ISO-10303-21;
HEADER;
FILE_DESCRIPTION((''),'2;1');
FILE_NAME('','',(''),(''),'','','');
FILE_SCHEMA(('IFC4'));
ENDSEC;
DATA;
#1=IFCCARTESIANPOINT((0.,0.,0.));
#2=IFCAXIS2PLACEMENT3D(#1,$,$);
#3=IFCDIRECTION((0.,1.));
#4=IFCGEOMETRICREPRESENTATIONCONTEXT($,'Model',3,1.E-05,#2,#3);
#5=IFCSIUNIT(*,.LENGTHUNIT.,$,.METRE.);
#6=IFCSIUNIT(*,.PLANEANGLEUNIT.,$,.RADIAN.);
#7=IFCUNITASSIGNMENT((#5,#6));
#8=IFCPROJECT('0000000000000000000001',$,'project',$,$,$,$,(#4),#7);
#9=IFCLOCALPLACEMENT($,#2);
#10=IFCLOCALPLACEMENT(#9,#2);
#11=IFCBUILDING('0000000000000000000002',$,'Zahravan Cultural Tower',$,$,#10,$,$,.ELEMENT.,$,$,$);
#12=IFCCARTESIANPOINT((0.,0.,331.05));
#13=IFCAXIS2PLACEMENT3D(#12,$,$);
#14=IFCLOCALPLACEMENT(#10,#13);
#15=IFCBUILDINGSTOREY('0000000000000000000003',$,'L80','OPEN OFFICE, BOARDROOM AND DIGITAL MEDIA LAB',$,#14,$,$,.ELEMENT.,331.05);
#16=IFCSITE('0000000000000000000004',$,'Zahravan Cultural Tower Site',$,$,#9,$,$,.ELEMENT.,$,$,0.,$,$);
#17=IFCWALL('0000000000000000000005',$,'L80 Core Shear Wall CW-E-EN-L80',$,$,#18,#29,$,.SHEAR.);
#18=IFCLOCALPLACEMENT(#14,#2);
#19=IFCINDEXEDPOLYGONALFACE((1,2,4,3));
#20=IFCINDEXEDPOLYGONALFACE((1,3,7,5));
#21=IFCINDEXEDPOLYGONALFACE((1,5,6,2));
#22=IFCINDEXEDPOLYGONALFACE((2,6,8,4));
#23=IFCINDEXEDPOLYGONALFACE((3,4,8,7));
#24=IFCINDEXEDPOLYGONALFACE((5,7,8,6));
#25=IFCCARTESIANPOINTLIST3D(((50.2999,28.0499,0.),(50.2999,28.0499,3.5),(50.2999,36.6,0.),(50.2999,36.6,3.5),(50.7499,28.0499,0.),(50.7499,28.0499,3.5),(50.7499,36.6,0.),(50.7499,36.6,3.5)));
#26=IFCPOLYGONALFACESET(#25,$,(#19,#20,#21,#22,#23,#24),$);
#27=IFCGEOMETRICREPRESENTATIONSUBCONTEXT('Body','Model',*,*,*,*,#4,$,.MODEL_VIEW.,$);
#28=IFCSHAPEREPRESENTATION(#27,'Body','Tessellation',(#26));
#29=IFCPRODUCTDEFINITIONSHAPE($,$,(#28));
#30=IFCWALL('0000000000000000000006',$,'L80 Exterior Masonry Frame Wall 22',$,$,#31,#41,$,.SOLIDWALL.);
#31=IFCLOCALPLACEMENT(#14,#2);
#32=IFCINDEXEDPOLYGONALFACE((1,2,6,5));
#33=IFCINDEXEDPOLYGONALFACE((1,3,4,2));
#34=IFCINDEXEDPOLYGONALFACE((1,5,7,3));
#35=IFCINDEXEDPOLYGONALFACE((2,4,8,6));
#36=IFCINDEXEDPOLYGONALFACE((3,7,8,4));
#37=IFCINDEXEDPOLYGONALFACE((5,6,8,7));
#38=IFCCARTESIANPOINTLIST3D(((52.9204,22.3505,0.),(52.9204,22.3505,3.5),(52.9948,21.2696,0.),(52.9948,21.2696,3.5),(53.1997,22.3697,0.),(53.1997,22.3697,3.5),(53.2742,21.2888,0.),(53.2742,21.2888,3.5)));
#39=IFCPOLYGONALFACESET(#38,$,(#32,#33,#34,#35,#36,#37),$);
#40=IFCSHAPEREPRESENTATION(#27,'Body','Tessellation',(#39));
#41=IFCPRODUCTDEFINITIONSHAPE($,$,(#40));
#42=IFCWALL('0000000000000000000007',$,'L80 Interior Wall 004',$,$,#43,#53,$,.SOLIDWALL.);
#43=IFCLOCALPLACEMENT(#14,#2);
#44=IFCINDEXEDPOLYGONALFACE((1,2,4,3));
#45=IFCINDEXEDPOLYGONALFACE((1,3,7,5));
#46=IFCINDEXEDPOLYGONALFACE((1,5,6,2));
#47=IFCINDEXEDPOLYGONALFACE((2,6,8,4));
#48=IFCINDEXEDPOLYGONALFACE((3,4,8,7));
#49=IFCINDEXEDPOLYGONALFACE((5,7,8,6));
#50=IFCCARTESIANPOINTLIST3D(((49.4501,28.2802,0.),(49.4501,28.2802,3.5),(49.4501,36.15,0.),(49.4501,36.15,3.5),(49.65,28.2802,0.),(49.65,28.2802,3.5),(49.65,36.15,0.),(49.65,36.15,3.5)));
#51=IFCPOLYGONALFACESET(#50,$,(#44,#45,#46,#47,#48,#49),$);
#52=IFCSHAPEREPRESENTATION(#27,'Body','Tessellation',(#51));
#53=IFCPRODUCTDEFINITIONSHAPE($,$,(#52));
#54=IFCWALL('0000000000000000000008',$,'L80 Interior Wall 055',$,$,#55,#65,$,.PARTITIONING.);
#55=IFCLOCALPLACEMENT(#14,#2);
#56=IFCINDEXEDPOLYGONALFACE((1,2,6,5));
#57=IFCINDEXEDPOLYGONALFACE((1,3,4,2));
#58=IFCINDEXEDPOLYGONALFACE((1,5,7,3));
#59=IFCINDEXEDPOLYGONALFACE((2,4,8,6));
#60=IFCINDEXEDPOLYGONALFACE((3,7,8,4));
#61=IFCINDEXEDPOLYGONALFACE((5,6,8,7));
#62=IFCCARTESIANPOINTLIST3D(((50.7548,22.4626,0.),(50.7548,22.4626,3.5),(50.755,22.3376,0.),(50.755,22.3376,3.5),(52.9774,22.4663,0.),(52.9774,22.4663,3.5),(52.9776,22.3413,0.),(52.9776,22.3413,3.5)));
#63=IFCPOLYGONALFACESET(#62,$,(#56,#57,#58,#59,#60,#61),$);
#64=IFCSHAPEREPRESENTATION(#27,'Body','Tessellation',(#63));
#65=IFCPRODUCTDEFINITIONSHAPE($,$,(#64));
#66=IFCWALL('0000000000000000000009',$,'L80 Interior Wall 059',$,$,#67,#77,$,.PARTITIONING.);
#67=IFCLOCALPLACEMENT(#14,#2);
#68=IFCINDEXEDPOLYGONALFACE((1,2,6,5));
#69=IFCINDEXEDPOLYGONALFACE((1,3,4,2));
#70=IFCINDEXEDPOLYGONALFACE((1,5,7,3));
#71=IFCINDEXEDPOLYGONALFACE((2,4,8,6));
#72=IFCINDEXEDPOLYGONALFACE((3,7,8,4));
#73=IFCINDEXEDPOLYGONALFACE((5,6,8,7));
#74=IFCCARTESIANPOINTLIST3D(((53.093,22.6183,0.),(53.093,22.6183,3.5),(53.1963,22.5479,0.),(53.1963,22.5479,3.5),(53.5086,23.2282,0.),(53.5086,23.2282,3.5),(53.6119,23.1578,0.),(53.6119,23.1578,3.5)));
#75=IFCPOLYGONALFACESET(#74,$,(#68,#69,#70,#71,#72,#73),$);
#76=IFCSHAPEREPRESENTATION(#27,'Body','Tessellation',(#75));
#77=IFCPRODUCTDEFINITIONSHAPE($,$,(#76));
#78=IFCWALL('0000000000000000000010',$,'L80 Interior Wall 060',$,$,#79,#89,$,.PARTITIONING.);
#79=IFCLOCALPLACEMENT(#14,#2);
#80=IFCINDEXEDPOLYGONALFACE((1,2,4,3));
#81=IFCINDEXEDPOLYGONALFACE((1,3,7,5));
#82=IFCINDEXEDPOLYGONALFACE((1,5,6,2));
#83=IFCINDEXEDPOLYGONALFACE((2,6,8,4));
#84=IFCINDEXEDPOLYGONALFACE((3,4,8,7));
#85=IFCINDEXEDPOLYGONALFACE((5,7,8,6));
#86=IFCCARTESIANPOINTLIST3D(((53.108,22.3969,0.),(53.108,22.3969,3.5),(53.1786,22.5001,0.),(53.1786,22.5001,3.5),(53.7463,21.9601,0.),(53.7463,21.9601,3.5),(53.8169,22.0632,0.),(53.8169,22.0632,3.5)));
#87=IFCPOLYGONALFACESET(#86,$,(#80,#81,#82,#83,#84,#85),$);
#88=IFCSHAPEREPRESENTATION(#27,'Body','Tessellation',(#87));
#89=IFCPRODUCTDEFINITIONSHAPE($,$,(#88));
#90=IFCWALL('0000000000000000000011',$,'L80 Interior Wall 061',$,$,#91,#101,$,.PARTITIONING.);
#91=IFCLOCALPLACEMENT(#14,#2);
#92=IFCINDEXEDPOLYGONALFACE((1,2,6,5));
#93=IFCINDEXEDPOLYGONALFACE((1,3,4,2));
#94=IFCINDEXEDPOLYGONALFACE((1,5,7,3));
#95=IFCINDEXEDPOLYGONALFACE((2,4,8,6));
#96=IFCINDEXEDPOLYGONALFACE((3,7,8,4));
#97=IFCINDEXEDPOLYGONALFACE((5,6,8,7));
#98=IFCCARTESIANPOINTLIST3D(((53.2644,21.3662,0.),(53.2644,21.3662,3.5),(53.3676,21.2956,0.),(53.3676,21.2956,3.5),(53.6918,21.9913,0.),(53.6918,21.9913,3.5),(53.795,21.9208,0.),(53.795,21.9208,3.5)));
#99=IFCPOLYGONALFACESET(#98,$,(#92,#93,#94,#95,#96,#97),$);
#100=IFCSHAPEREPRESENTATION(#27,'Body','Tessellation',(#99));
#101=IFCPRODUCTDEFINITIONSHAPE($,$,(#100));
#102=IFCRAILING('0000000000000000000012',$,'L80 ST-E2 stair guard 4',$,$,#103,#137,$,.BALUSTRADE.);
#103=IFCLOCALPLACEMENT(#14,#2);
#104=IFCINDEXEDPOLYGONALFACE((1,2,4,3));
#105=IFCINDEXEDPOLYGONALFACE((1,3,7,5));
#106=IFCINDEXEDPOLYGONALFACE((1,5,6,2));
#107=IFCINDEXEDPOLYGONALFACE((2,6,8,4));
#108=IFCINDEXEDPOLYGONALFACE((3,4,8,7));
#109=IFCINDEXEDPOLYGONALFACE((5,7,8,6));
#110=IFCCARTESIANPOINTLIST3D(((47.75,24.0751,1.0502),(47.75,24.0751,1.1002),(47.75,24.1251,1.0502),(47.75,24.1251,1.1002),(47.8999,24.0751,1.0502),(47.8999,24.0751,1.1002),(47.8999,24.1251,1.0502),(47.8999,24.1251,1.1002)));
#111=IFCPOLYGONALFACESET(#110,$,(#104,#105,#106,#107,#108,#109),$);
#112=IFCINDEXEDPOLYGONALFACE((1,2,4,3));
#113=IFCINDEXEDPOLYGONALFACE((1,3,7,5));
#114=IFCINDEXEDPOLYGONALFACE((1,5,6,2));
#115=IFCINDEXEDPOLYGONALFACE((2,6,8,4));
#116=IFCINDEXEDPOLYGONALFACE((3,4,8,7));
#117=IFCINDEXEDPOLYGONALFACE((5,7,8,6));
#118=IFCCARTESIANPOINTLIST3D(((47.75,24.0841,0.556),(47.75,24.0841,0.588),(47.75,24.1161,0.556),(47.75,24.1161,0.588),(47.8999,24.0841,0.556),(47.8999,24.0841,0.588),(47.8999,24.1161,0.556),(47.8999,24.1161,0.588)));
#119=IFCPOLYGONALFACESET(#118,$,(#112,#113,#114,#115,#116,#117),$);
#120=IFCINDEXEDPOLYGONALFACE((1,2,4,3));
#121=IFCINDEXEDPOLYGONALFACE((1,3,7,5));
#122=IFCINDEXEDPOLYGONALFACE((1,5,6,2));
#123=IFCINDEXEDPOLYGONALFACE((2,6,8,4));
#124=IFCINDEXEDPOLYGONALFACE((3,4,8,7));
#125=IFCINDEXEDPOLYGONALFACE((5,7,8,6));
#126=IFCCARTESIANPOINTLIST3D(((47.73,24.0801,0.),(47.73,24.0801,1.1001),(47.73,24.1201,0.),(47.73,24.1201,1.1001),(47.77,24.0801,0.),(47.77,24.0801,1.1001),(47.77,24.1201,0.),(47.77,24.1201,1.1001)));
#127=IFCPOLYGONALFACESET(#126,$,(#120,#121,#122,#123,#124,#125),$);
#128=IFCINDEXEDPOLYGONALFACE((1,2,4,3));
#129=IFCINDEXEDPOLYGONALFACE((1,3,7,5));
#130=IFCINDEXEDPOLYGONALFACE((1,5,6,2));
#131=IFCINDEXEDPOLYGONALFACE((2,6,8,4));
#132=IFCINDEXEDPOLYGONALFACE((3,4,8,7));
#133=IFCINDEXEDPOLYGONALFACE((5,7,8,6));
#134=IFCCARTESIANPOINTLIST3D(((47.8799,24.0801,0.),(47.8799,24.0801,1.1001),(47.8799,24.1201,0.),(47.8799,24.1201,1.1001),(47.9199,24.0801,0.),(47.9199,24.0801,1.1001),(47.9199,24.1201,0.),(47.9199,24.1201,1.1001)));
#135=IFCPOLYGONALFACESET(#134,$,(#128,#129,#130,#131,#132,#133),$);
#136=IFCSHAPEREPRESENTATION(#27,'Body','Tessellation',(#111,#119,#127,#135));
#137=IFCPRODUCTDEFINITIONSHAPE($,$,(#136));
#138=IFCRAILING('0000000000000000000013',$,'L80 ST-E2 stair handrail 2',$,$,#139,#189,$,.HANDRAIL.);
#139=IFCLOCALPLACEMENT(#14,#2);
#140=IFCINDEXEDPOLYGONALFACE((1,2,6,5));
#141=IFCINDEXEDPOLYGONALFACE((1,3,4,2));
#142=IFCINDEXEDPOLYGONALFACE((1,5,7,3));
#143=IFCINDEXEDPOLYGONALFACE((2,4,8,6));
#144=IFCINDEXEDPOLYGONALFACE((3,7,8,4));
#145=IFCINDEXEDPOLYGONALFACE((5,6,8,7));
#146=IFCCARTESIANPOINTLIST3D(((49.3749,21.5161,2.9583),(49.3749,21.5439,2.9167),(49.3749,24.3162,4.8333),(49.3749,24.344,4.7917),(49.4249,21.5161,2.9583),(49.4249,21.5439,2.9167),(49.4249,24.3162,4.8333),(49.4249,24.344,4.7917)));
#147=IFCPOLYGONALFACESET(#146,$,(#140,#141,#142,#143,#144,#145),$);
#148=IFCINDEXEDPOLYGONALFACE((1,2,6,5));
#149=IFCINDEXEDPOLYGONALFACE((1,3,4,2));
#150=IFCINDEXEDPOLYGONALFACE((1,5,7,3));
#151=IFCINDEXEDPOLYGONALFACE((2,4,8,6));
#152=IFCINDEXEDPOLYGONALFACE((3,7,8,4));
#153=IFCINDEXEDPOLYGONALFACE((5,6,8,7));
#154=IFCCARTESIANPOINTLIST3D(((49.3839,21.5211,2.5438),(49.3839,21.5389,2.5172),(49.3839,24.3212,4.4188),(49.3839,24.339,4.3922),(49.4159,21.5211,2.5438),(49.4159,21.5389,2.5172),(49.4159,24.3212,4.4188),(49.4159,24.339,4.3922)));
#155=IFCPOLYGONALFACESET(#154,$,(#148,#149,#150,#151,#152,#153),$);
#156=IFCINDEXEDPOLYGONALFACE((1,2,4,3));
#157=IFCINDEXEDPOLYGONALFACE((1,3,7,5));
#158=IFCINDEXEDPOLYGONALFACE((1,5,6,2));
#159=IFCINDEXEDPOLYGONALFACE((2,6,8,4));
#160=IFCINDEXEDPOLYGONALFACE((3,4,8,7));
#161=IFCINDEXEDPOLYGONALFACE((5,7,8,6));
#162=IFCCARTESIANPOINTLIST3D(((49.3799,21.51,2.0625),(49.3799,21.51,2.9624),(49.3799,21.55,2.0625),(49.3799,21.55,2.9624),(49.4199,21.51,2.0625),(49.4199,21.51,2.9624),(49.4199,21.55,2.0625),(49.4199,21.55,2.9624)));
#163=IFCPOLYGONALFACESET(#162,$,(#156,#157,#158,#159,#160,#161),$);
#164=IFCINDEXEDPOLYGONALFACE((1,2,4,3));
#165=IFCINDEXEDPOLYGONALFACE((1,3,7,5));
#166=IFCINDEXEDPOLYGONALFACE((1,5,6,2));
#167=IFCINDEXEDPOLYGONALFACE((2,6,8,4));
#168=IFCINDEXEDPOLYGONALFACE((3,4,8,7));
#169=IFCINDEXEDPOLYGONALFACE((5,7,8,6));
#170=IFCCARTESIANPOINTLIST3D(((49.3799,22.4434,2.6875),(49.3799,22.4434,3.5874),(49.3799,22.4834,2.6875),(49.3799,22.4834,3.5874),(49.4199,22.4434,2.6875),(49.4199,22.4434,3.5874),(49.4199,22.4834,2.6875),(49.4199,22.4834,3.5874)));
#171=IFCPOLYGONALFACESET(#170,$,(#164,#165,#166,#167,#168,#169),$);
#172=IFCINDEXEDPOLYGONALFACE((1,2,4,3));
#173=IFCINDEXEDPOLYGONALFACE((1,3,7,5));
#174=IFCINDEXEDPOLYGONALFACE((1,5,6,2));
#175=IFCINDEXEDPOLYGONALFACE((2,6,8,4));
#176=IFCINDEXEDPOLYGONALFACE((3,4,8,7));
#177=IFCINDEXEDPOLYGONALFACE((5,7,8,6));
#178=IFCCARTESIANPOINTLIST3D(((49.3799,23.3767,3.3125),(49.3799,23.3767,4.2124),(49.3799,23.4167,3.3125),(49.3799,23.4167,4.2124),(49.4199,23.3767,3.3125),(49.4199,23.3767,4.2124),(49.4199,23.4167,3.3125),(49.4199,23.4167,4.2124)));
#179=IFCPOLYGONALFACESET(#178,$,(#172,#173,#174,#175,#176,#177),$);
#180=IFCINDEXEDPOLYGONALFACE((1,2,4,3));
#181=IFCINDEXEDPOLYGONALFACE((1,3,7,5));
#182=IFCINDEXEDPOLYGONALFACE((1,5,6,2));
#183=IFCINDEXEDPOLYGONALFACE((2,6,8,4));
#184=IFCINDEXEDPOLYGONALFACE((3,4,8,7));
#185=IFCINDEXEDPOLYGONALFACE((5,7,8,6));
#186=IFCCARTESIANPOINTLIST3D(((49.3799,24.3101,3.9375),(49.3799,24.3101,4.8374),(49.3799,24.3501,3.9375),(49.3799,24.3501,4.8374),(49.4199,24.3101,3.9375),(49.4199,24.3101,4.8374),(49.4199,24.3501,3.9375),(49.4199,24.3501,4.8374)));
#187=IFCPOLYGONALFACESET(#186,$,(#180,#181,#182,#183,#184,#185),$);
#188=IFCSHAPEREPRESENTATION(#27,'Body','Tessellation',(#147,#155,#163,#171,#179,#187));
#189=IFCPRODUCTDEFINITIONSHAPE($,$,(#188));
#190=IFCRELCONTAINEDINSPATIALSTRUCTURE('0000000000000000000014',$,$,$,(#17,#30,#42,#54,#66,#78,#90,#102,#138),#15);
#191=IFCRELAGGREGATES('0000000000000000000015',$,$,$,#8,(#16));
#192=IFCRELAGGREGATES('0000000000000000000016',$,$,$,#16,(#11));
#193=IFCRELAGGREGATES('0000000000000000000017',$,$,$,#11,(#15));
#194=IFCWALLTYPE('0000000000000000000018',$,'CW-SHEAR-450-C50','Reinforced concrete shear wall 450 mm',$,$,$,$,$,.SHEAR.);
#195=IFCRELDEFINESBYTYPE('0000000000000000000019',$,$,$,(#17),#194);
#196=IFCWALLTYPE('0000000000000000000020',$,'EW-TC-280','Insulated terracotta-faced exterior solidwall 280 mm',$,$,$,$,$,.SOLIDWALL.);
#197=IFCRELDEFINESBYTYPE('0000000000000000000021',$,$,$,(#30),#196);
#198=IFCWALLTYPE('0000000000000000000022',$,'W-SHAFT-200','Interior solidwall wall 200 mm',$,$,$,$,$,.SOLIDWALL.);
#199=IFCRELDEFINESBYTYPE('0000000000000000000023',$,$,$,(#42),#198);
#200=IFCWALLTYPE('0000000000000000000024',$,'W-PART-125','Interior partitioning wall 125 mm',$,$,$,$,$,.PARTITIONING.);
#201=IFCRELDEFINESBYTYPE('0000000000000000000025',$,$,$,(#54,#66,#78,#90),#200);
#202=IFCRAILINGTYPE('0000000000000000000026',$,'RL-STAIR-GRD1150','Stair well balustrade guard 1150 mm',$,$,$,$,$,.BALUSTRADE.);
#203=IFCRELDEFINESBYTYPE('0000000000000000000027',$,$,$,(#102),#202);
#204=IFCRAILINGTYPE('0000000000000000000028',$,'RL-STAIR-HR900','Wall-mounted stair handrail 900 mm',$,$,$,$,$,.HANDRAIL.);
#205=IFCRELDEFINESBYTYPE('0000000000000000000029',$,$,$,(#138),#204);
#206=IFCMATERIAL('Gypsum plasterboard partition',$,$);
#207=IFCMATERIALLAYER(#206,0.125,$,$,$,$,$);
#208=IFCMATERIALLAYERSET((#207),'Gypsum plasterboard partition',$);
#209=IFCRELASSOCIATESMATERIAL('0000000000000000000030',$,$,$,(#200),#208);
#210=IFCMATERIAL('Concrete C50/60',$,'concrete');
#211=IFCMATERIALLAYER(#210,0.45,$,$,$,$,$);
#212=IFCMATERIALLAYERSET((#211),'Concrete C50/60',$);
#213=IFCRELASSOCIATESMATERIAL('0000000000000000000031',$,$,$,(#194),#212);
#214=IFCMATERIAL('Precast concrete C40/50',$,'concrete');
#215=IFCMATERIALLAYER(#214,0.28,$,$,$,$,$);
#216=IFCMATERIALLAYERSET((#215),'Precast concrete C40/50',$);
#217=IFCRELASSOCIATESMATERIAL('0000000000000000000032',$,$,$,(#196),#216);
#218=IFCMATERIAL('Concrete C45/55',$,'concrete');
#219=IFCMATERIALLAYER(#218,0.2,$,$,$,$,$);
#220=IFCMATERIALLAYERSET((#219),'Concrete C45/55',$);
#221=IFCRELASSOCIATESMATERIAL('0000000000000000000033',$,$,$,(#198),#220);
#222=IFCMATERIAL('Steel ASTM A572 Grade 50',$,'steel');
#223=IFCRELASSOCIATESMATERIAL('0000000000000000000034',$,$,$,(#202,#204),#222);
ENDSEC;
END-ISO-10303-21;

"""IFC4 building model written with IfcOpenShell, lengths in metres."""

from ifc_helpers import new_model, si_unit, direction, frame, frame_2d, origin, origin_2d, place, context, subcontext, project, spatial, rectangle, extrude, source, transform, mapped, material, layer, layer_set, type_object, element, save


model = new_model("IFC4")

# Units and contexts
model_context = context("Model", 3, precision=1e-05, world=origin(), true_north=direction((0.0, 1.0)))
body_context = subcontext(model_context, "Body", "Model", "MODEL_VIEW")
ifc_project = project(units=[si_unit("LENGTHUNIT", "METRE"), si_unit("PLANEANGLEUNIT", "RADIAN")], contexts=[model_context])

# Site, building, storey
site_placement = place(None, origin())
site = spatial("IfcSite", under=ifc_project, at=site_placement, Name="Zahravan Cultural Tower Site", CompositionType="ELEMENT", RefElevation=0.0)
building_placement = place(site_placement, origin())
building = spatial("IfcBuilding", under=site, at=building_placement, Name="Zahravan Cultural Tower", CompositionType="ELEMENT")
storey_placement = place(building_placement, frame((0.0, 0.0, 331.05)))
storey = spatial("IfcBuildingStorey", under=building, at=storey_placement, Name="L80", Description="OPEN OFFICE, BOARDROOM AND DIGITAL MEDIA LAB", CompositionType="ELEMENT", Elevation=331.05)

# Shared definitions
ifc_material_1 = material(Name="Concrete C50/60", Category="concrete")

# Shared definitions
ifc_material_2 = material(Name="Gypsum plasterboard partition")
ifc_layer_1 = layer(ifc_material_2, 0.125)
ifc_layer_set_1 = layer_set([ifc_layer_1], Name="Gypsum plasterboard partition")
wall_type_1 = type_object("IfcWallType", Name="W-PART-125", Description="Interior partitioning wall 125 mm", PredefinedType="PARTITIONING", material=ifc_layer_set_1)

# Walls
ifc_layer_2 = layer(ifc_material_1, 0.45)
ifc_layer_set_2 = layer_set([ifc_layer_2], Name="Concrete C50/60")
wall_type_2 = type_object("IfcWallType", Name="CW-SHEAR-450-C50", Description="Reinforced concrete shear wall 450 mm", PredefinedType="SHEAR", material=ifc_layer_set_2)
shared_shape_1 = source(origin(), body_context, "Body", "SweptSolid", [
    extrude(rectangle(XDim=8.55, YDim=0.45, at=frame_2d((4.2749, 0.0))), origin(), (0.0, 0.0, 1.0), 3.5),
])
wall_1_placement = place(storey_placement, frame((50.5249, 28.05, 0.0), z_axis=(0.0, 0.0, 1.0), x_axis=(0.0, 1.0, 0.0)))
element("IfcWall", 1, at=wall_1_placement, inside=storey, type_object=wall_type_2, Name="L80 Core Shear Wall CW-E-EN-L80", PredefinedType="SHEAR", context=body_context, shape_type="MappedRepresentation", body=[
    mapped(shared_shape_1, transform((0.0, 0.0, 0.0), x_axis=(1.0, 0.0, 0.0), y_axis=(0.0, 1.0, 0.0), z_axis=(0.0, 0.0, 1.0), scale=1.0)),
])
ifc_material_3 = material(Name="Precast concrete C40/50", Category="concrete")
ifc_layer_3 = layer(ifc_material_3, 0.28)
ifc_layer_set_3 = layer_set([ifc_layer_3], Name="Precast concrete C40/50")
wall_type_3 = type_object("IfcWallType", Name="EW-TC-280", Description="Insulated terracotta-faced exterior solidwall 280 mm", PredefinedType="SOLIDWALL", material=ifc_layer_set_3)
shared_shape_2 = source(origin(), body_context, "Body", "SweptSolid", [
    extrude(rectangle(XDim=1.0835, YDim=0.28, at=frame_2d((0.5417, 0.0))), origin(), (0.0, 0.0, 1.0), 3.5),
])
wall_2_placement = place(storey_placement, frame((53.0601, 22.3601, 0.0), z_axis=(0.0, 0.0, 1.0), x_axis=(0.068717, -0.997636, 0.0)))
element("IfcWall", 2, at=wall_2_placement, inside=storey, type_object=wall_type_3, Name="L80 Exterior Masonry Frame Wall 22", PredefinedType="SOLIDWALL", context=body_context, shape_type="MappedRepresentation", body=[
    mapped(shared_shape_2, transform((0.0, 0.0, 0.0), x_axis=(1.0, 0.0, 0.0), y_axis=(0.0, 1.0, 0.0), z_axis=(0.0, 0.0, 1.0), scale=1.0)),
])
ifc_material_4 = material(Name="Concrete C45/55", Category="concrete")
ifc_layer_4 = layer(ifc_material_4, 0.2)
ifc_layer_set_4 = layer_set([ifc_layer_4], Name="Concrete C45/55")
wall_type_4 = type_object("IfcWallType", Name="W-SHAFT-200", Description="Interior solidwall wall 200 mm", PredefinedType="SOLIDWALL", material=ifc_layer_set_4)
shared_shape_3 = source(origin(), body_context, "Body", "SweptSolid", [
    extrude(rectangle(XDim=7.8699, YDim=0.2, at=frame_2d((3.9351, 0.0))), origin(), (0.0, 0.0, 1.0), 3.5),
])
wall_3_placement = place(storey_placement, frame((49.55, 28.28, 0.0), z_axis=(0.0, 0.0, 1.0), x_axis=(0.0, 1.0, 0.0)))
element("IfcWall", 3, at=wall_3_placement, inside=storey, type_object=wall_type_4, Name="L80 Interior Wall 004", PredefinedType="SOLIDWALL", context=body_context, shape_type="MappedRepresentation", body=[
    mapped(shared_shape_3, transform((0.0, 0.0, 0.0), x_axis=(1.0, 0.0, 0.0), y_axis=(0.0, 1.0, 0.0), z_axis=(0.0, 0.0, 1.0), scale=1.0)),
])
shared_shape_4 = source(origin(), body_context, "Body", "SweptSolid", [
    extrude(rectangle(XDim=2.2227, YDim=0.125, at=frame_2d((1.1113, 0.0))), origin(), (0.0, 0.0, 1.0), 3.5),
])
wall_4_placement = place(storey_placement, frame((50.7549, 22.4001, 0.0), z_axis=(0.0, 0.0, 1.0), x_axis=(0.999999, 0.001648, 0.0)))
element("IfcWall", 4, at=wall_4_placement, inside=storey, type_object=wall_type_1, Name="L80 Interior Wall 055", PredefinedType="PARTITIONING", context=body_context, shape_type="MappedRepresentation", body=[
    mapped(shared_shape_4, transform((0.0, 0.0, 0.0), x_axis=(1.0, 0.0, 0.0), y_axis=(0.0, 1.0, 0.0), z_axis=(0.0, 0.0, 1.0), scale=1.0)),
])
shared_shape_5 = source(origin(), body_context, "Body", "SweptSolid", [
    extrude(rectangle(XDim=0.738, YDim=0.125, at=frame_2d((0.3691, 0.0))), origin(), (0.0, 0.0, 1.0), 3.5),
])
wall_5_placement = place(storey_placement, frame((53.5603, 23.1931, 0.0), z_axis=(0.0, 0.0, 1.0), x_axis=(-0.56307, -0.826409, 0.0)))
element("IfcWall", 5, at=wall_5_placement, inside=storey, type_object=wall_type_1, Name="L80 Interior Wall 059", PredefinedType="PARTITIONING", context=body_context, shape_type="MappedRepresentation", body=[
    mapped(shared_shape_5, transform((0.0, 0.0, 0.0), x_axis=(1.0, 0.0, 0.0), y_axis=(0.0, 1.0, 0.0), z_axis=(0.0, 0.0, 1.0), scale=1.0)),
])
shared_shape_6 = source(origin(), body_context, "Body", "SweptSolid", [
    extrude(rectangle(XDim=0.7734, YDim=0.125, at=frame_2d((0.3867, 0.0))), origin(), (0.0, 0.0, 1.0), 3.5),
])
wall_6_placement = place(storey_placement, frame((53.1433, 22.4485, 0.0), z_axis=(0.0, 0.0, 1.0), x_axis=(0.825238, -0.564786, 0.0)))
element("IfcWall", 6, at=wall_6_placement, inside=storey, type_object=wall_type_1, Name="L80 Interior Wall 060", PredefinedType="PARTITIONING", context=body_context, shape_type="MappedRepresentation", body=[
    mapped(shared_shape_6, transform((0.0, 0.0, 0.0), x_axis=(1.0, 0.0, 0.0), y_axis=(0.0, 1.0, 0.0), z_axis=(0.0, 0.0, 1.0), scale=1.0)),
])
shared_shape_7 = source(origin(), body_context, "Body", "SweptSolid", [
    extrude(rectangle(XDim=0.7573, YDim=0.125, at=frame_2d((0.3787, 0.0))), origin(), (0.0, 0.0, 1.0), 3.5),
])
wall_7_placement = place(storey_placement, frame((53.7434, 21.9561, 0.0), z_axis=(0.0, 0.0, 1.0), x_axis=(-0.564407, -0.825497, 0.0)))
element("IfcWall", 7, at=wall_7_placement, inside=storey, type_object=wall_type_1, Name="L80 Interior Wall 061", PredefinedType="PARTITIONING", context=body_context, shape_type="MappedRepresentation", body=[
    mapped(shared_shape_7, transform((0.0, 0.0, 0.0), x_axis=(1.0, 0.0, 0.0), y_axis=(0.0, 1.0, 0.0), z_axis=(0.0, 0.0, 1.0), scale=1.0)),
])

# Railings
ifc_material_5 = material(Name="Steel ASTM A572 Grade 50", Category="steel")
railing_type_1 = type_object("IfcRailingType", Name="RL-STAIR-GRD1150", Description="Stair well balustrade guard 1150 mm", PredefinedType="BALUSTRADE", material=ifc_material_5)
railing_1_placement = place(storey_placement, frame((47.75, 24.1001, 0.0)))
element("IfcRailing", 8, at=railing_1_placement, inside=storey, type_object=railing_type_1, Name="L80 ST-E2 stair guard 4", PredefinedType="BALUSTRADE", context=body_context, shape_type="SweptSolid", body=[
    extrude(rectangle(XDim=0.05, YDim=0.05, at=origin_2d()), frame((0.0, 0.0, 1.0752), z_axis=(1.0, 0.0, 0.0), x_axis=(0.0, 1.0, 0.0)), (0.0, 0.0, 1.0), 0.1499),
    extrude(rectangle(XDim=0.032, YDim=0.032, at=origin_2d()), frame((0.0, 0.0, 0.572), z_axis=(1.0, 0.0, 0.0), x_axis=(0.0, 1.0, 0.0)), (0.0, 0.0, 1.0), 0.1499),
    extrude(rectangle(XDim=0.04, YDim=0.04, at=origin_2d()), origin(), (0.0, 0.0, 1.0), 1.1001),
    extrude(rectangle(XDim=0.04, YDim=0.04, at=origin_2d()), frame((0.1499, 0.0, 0.0)), (0.0, 0.0, 1.0), 1.1001),
])
railing_type_2 = type_object("IfcRailingType", Name="RL-STAIR-HR900", Description="Wall-mounted stair handrail 900 mm", PredefinedType="HANDRAIL", material=ifc_material_5)
railing_2_placement = place(storey_placement, frame((49.3999, 21.53, 2.0625)))
element("IfcRailing", 9, at=railing_2_placement, inside=storey, type_object=railing_type_2, Name="L80 ST-E2 stair handrail 2", PredefinedType="HANDRAIL", context=body_context, shape_type="SweptSolid", body=[
    extrude(rectangle(XDim=0.05, YDim=0.05, at=origin_2d()), frame((0.0, 0.0, 0.875), z_axis=(0.0, 0.830912, 0.556404), x_axis=(-1.0, 0.0, 0.0)), (0.0, 0.0, 1.0), 3.3699),
    extrude(rectangle(XDim=0.032, YDim=0.032, at=origin_2d()), frame((0.0, 0.0, 0.468), z_axis=(0.0, 0.830912, 0.556404), x_axis=(-1.0, 0.0, 0.0)), (0.0, 0.0, 1.0), 3.3699),
    extrude(rectangle(XDim=0.04, YDim=0.04, at=origin_2d()), origin(), (0.0, 0.0, 1.0), 0.8999),
    extrude(rectangle(XDim=0.04, YDim=0.04, at=origin_2d()), frame((0.0, 0.9333, 0.625)), (0.0, 0.0, 1.0), 0.8999),
    extrude(rectangle(XDim=0.04, YDim=0.04, at=origin_2d()), frame((0.0, 1.8667, 1.25)), (0.0, 0.0, 1.0), 0.8999),
    extrude(rectangle(XDim=0.04, YDim=0.04, at=origin_2d()), frame((0.0, 2.8, 1.875)), (0.0, 0.0, 1.0), 0.8999),
])

save(model, "model.ifc")
